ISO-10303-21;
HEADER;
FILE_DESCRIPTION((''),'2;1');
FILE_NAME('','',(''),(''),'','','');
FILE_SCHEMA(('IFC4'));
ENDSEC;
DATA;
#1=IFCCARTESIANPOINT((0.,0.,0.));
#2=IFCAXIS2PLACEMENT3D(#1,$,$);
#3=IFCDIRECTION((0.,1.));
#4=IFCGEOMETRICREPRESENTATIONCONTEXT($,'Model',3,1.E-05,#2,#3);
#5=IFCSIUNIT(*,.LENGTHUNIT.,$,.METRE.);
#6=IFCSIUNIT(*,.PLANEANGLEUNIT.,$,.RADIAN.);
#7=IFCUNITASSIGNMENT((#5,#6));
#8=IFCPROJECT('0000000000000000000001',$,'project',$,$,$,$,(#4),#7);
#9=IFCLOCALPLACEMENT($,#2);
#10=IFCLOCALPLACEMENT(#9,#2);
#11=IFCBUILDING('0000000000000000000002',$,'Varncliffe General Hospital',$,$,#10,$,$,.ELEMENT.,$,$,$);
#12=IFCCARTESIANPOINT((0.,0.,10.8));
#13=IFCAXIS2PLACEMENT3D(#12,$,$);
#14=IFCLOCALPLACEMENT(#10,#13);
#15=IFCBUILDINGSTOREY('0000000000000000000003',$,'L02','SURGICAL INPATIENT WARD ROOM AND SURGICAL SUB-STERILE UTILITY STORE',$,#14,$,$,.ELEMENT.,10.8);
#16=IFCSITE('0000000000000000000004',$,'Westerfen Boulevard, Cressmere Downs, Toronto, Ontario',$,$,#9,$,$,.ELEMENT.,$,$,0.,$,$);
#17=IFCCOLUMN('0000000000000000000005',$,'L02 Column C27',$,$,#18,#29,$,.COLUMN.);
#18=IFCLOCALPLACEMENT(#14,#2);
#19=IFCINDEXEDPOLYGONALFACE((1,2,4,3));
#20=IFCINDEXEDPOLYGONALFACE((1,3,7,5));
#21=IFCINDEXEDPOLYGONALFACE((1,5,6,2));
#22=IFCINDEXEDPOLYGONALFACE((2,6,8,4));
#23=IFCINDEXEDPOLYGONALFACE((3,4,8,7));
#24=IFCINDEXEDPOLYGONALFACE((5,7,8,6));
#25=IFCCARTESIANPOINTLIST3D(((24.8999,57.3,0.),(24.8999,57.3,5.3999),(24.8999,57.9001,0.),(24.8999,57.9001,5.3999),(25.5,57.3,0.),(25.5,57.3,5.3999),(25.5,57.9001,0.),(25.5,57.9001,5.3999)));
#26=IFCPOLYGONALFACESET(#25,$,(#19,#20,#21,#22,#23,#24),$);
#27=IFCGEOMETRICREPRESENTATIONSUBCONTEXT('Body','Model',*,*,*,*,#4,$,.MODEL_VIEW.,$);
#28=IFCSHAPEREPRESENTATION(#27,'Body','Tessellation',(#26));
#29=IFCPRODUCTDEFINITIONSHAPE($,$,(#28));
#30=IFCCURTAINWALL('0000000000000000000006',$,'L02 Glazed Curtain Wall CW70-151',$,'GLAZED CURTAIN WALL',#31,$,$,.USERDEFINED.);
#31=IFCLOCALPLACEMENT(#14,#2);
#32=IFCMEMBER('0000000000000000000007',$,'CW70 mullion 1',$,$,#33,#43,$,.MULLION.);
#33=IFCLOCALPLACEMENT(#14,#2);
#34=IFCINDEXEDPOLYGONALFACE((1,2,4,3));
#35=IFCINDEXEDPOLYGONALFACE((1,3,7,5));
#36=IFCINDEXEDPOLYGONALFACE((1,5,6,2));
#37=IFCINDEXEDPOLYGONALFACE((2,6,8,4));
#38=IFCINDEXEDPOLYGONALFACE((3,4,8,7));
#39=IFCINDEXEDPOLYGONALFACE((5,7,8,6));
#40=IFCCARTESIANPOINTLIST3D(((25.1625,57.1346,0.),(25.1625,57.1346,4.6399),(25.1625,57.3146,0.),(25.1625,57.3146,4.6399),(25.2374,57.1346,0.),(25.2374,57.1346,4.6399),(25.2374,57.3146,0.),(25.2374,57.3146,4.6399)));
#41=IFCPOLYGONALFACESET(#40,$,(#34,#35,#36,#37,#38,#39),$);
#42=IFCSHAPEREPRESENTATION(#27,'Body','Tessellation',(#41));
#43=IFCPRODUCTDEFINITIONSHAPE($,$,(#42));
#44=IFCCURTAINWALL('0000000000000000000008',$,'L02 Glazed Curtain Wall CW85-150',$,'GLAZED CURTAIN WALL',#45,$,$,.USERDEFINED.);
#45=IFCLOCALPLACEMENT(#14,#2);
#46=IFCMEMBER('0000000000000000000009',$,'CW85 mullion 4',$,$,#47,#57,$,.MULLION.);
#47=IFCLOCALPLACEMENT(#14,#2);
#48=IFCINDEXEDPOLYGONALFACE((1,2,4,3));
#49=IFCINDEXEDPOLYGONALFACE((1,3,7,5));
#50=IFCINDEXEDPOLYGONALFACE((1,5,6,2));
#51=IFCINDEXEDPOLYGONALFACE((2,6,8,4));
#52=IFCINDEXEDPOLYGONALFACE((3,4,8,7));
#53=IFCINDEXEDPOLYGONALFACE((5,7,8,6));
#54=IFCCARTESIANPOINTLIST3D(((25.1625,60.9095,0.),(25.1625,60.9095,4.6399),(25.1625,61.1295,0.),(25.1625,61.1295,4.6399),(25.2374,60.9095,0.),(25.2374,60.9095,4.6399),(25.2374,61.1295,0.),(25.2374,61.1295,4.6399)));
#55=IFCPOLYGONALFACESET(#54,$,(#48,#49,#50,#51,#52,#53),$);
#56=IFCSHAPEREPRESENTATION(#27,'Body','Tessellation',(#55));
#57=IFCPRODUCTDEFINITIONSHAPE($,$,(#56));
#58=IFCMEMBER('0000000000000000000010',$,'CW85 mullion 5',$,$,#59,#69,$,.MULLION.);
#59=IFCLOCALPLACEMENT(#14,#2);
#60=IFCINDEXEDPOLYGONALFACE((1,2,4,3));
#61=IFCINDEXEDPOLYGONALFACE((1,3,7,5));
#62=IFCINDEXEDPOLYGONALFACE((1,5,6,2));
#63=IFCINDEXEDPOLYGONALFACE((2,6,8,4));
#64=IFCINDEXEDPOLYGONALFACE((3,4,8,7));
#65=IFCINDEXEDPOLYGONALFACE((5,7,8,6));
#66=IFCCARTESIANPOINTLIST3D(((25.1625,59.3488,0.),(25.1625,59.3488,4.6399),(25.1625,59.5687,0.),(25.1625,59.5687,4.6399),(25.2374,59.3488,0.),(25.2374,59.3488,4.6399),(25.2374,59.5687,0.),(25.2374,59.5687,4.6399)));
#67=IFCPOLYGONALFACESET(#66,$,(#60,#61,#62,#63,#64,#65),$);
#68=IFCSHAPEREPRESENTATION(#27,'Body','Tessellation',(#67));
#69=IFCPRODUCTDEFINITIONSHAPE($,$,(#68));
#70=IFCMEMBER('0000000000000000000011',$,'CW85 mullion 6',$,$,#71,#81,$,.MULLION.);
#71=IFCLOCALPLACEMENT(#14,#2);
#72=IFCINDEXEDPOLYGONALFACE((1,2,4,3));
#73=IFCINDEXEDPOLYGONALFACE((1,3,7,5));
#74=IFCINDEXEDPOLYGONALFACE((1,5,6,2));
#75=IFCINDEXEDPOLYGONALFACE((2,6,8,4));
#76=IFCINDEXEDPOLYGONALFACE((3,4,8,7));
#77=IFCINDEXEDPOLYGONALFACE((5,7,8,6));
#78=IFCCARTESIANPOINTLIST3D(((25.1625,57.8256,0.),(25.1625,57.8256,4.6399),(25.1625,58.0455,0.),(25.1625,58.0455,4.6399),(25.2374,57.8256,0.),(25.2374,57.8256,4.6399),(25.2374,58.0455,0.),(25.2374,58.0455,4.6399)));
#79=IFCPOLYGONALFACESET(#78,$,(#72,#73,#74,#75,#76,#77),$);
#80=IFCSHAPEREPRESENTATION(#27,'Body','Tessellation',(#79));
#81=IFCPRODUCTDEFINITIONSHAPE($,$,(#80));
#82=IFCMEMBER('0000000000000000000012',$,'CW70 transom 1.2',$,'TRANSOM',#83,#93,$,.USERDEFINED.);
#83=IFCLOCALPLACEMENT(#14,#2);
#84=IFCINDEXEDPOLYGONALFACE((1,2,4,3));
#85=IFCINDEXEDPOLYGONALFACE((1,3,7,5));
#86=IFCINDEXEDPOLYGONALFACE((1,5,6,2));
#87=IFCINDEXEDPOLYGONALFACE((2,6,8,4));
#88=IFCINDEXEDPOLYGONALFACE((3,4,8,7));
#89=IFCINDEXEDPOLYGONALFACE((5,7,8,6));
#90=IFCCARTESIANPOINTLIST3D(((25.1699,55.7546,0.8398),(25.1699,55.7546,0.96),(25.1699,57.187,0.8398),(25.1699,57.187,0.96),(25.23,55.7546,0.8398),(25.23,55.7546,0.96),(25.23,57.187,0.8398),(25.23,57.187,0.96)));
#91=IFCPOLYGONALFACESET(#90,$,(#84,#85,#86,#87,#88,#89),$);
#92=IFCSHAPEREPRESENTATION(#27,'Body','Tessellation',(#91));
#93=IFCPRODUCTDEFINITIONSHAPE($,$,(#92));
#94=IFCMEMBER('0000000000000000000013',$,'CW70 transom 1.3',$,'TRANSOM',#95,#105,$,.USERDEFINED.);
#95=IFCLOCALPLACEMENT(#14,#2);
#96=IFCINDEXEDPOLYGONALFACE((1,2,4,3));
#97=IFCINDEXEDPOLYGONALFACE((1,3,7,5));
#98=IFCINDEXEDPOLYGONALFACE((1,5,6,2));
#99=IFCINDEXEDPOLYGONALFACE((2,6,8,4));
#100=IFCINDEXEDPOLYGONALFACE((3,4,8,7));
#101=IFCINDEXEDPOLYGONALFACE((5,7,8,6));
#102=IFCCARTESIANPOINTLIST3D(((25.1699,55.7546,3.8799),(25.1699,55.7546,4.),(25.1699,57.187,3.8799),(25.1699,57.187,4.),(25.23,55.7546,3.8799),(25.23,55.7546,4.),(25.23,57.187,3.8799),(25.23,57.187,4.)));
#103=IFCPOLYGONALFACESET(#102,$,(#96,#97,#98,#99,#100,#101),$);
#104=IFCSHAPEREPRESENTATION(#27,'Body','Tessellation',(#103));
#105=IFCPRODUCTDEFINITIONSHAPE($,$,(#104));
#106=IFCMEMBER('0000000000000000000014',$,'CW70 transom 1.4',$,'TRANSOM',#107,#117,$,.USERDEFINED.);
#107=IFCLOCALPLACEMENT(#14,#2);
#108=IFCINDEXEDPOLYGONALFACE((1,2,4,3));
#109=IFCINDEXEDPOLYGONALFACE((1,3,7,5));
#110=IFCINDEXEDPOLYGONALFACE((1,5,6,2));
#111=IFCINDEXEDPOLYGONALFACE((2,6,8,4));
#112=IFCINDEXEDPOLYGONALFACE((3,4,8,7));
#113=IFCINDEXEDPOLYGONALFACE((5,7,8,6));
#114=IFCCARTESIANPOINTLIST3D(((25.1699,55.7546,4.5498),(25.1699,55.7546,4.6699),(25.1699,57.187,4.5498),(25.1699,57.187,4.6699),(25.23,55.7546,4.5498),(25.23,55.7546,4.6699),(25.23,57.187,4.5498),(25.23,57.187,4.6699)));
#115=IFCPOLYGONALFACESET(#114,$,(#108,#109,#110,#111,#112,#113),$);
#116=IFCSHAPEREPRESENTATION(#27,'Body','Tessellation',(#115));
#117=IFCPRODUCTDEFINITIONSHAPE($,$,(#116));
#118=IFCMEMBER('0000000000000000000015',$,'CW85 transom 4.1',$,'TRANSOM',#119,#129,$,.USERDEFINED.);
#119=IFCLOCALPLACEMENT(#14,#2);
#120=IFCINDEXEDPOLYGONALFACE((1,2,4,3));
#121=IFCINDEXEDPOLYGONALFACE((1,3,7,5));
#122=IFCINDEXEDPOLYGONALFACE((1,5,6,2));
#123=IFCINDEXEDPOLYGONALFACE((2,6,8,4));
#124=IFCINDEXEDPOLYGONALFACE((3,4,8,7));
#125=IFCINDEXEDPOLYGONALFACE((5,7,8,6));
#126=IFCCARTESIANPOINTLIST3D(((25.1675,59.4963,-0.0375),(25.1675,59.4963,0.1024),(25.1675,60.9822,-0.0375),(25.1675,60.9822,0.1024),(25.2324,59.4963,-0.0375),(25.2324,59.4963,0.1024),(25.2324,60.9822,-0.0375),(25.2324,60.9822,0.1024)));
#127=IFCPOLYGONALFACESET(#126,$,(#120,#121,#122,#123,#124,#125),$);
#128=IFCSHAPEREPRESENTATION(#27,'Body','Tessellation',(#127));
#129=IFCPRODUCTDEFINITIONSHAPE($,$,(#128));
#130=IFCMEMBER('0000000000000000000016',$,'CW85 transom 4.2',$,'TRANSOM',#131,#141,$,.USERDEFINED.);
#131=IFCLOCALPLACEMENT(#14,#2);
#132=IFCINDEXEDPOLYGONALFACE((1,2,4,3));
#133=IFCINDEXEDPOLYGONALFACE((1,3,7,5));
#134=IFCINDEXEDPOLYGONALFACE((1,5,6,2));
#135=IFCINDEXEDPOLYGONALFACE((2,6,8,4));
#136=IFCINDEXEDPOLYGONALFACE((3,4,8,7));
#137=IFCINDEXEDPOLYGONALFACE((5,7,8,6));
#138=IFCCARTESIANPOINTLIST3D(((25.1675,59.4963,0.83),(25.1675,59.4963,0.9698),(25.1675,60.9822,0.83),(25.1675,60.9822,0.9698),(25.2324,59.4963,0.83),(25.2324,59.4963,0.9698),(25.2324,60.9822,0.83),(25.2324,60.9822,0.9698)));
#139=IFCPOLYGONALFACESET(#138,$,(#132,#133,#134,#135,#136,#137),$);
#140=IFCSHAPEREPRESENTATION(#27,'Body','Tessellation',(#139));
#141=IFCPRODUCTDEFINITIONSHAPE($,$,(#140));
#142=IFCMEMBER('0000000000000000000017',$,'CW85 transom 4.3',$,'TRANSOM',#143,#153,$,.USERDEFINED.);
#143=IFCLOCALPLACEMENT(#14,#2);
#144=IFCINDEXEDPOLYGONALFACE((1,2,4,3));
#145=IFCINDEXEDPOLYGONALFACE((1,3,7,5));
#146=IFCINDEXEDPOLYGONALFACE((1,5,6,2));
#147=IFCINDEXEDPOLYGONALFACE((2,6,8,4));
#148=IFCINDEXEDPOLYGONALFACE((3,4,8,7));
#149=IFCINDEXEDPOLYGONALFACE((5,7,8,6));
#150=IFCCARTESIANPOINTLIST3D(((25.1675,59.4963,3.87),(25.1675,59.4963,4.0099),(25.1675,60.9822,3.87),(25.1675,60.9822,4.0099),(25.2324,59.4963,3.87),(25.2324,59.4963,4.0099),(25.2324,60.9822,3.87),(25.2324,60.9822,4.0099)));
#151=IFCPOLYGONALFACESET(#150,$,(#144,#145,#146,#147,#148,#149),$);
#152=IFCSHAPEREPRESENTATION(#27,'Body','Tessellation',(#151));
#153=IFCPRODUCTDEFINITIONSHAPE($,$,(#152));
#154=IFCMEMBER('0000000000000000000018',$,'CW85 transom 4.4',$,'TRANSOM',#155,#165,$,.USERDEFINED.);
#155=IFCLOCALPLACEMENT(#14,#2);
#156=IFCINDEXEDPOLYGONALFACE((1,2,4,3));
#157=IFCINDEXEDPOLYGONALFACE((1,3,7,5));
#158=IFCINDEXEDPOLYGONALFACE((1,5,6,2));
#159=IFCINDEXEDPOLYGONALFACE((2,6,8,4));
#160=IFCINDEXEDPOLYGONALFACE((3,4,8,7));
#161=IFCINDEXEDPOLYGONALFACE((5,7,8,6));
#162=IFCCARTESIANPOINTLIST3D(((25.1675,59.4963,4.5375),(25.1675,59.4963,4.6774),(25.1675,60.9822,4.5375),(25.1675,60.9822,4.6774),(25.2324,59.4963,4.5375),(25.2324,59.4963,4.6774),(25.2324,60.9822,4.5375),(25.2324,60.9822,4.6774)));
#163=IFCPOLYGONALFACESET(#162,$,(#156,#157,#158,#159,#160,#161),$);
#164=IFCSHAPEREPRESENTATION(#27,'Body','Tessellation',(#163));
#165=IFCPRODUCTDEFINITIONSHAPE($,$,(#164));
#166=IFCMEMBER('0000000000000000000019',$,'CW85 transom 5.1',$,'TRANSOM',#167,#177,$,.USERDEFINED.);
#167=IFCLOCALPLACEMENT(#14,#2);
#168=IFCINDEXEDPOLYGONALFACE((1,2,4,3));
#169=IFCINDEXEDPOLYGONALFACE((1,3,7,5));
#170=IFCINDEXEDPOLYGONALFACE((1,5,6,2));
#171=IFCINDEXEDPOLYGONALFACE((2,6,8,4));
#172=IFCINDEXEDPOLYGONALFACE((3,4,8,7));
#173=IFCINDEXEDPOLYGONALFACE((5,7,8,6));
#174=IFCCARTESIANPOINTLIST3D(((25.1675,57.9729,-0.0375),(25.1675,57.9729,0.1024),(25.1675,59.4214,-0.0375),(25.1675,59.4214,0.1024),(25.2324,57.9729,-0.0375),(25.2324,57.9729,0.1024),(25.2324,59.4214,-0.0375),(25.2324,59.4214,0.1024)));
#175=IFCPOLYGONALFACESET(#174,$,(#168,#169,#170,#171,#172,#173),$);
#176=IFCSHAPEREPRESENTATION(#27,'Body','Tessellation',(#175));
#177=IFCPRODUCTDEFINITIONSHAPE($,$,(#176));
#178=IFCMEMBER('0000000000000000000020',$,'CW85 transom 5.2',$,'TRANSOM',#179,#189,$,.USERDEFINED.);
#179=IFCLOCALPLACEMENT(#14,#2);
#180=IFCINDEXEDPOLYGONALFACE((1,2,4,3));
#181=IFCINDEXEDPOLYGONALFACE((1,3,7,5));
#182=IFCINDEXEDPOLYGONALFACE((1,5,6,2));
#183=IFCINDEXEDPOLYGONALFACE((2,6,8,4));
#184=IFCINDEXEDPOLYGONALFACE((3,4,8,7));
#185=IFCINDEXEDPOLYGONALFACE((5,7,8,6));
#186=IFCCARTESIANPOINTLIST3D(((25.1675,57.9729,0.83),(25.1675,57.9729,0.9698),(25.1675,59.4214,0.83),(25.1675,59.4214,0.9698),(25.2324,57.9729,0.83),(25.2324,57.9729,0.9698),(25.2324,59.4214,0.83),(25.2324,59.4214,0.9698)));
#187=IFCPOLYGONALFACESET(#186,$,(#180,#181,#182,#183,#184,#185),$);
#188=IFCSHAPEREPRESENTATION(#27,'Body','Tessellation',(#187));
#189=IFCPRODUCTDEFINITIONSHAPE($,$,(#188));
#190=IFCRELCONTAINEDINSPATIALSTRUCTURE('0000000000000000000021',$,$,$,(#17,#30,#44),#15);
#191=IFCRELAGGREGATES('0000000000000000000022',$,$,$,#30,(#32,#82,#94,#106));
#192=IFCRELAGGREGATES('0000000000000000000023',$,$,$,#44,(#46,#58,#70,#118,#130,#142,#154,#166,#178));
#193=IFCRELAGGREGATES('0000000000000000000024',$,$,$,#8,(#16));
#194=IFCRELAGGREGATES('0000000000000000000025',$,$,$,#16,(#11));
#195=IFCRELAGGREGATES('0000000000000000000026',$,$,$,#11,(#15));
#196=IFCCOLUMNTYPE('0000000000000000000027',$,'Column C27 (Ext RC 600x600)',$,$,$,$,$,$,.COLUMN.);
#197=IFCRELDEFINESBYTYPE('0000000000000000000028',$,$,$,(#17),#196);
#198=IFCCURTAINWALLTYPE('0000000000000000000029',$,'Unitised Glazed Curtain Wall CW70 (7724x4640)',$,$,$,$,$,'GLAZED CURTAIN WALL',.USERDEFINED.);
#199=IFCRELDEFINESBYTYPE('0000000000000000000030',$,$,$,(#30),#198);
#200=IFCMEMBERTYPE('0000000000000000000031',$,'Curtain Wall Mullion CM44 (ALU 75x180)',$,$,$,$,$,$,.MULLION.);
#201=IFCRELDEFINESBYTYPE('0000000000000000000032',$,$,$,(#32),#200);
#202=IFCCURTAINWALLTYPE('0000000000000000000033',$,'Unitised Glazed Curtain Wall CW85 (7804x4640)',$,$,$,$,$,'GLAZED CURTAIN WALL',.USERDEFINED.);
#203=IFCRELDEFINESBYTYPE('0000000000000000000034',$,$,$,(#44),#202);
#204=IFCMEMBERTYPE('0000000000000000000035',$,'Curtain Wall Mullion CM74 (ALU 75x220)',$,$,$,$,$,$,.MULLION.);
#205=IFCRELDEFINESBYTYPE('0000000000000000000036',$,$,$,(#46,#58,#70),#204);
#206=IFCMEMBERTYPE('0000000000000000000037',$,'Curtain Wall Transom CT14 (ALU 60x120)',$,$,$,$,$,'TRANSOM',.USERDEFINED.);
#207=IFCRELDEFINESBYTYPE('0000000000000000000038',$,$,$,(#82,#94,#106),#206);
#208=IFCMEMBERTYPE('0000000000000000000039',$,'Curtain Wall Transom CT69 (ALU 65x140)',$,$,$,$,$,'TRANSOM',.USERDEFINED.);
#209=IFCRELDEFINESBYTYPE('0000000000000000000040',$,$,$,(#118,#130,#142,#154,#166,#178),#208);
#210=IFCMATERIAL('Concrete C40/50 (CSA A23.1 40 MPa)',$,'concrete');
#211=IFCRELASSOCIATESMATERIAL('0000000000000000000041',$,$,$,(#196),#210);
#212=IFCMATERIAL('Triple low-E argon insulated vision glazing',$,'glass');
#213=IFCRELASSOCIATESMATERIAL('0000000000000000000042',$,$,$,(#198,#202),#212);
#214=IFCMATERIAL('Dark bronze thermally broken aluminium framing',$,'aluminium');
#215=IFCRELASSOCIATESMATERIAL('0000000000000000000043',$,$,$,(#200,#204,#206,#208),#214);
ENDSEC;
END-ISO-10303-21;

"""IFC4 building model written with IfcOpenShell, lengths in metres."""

from ifc_helpers import new_model, si_unit, direction, frame, origin, origin_2d, place, context, subcontext, project, spatial, rectangle, extrude, material, material_profile, profile_set, type_object, element, aggregate, save


model = new_model("IFC4")

# Units and contexts
model_context = context("Model", 3, precision=1e-05, world=origin(), true_north=direction((0.0, 1.0)))
body_context = subcontext(model_context, "Body", "Model", "MODEL_VIEW")
ifc_project = project(units=[si_unit("LENGTHUNIT", "METRE"), si_unit("PLANEANGLEUNIT", "RADIAN")], contexts=[model_context])

# Site, building, storey
site_placement = place(None, origin())
site = spatial("IfcSite", under=ifc_project, at=site_placement, Name="Westerfen Boulevard, Cressmere Downs, Toronto, Ontario", CompositionType="ELEMENT", RefElevation=0.0)
building_placement = place(site_placement, origin())
building = spatial("IfcBuilding", under=site, at=building_placement, Name="Varncliffe General Hospital", CompositionType="ELEMENT")
storey_placement = place(building_placement, frame((0.0, 0.0, 10.8)))
storey = spatial("IfcBuildingStorey", under=building, at=storey_placement, Name="L02", Description="SURGICAL INPATIENT WARD ROOM AND SURGICAL SUB-STERILE UTILITY STORE", CompositionType="ELEMENT", Elevation=10.8)

# Column
ifc_material_1 = material(Name="Concrete C40/50 (CSA A23.1 40 MPa)", Category="concrete")
ifc_material_profile_1 = material_profile(ifc_material_1, rectangle(XDim=0.6001, YDim=0.6001, at=origin_2d()), Name="RC 600x600")
ifc_profile_set_1 = profile_set([ifc_material_profile_1], Name="Concrete C40/50 (CSA A23.1 40 MPa)")
column_type = type_object("IfcColumnType", Name="Column C27 (Ext RC 600x600)", PredefinedType="COLUMN", material=ifc_profile_set_1)
column_placement = place(storey_placement, frame((25.2, 57.6001, 0.0), z_axis=(0.0, 0.0, 1.0), x_axis=(1.0, 0.0, 0.0)))
element("IfcColumn", 1, at=column_placement, inside=storey, type_object=column_type, Name="L02 Column C27", PredefinedType="COLUMN", context=body_context, shape_type="SweptSolid", body=[
    extrude(rectangle(XDim=0.6001, YDim=0.6001, at=origin_2d()), origin(), (0.0, 0.0, 1.0), 5.3999),
])

# Curtain wall, member
ifc_material_2 = material(Name="Triple low-E argon insulated vision glazing", Category="glass")
curtain_wall_type_1 = type_object("IfcCurtainWallType", Name="Unitised Glazed Curtain Wall CW70 (7724x4640)", ElementType="GLAZED CURTAIN WALL", PredefinedType="USERDEFINED", material=ifc_material_2)
curtain_wall_1_placement = place(storey_placement, origin())
curtain_wall_1 = element("IfcCurtainWall", 2, at=curtain_wall_1_placement, inside=storey, type_object=curtain_wall_type_1, Name="L02 Glazed Curtain Wall CW70-151", ObjectType="GLAZED CURTAIN WALL", PredefinedType="USERDEFINED")
ifc_material_3 = material(Name="Dark bronze thermally broken aluminium framing", Category="aluminium")
ifc_material_profile_2 = material_profile(ifc_material_3, rectangle(XDim=0.075, YDim=0.1799, at=origin_2d()), Name="ALU 75x180")
ifc_profile_set_2 = profile_set([ifc_material_profile_2], Name="Dark bronze thermally broken aluminium framing")
member_type_1 = type_object("IfcMemberType", Name="Curtain Wall Mullion CM44 (ALU 75x180)", PredefinedType="MULLION", material=ifc_profile_set_2)
member_1_placement = place(storey_placement, frame((25.2, 57.2246, 0.0), z_axis=(0.0, 0.0, 1.0), x_axis=(1.0, 0.0, 0.0)))
member_1 = element("IfcMember", 3, at=member_1_placement, type_object=member_type_1, Name="CW70 mullion 1", PredefinedType="MULLION", context=body_context, shape_type="SweptSolid", body=[
    extrude(rectangle(XDim=0.075, YDim=0.1799, at=origin_2d()), origin(), (0.0, 0.0, 1.0), 4.6399),
])

# Curtain wall, members
curtain_wall_type_2 = type_object("IfcCurtainWallType", Name="Unitised Glazed Curtain Wall CW85 (7804x4640)", ElementType="GLAZED CURTAIN WALL", PredefinedType="USERDEFINED", material=ifc_material_2)
curtain_wall_2_placement = place(storey_placement, origin())
curtain_wall_2 = element("IfcCurtainWall", 4, at=curtain_wall_2_placement, inside=storey, type_object=curtain_wall_type_2, Name="L02 Glazed Curtain Wall CW85-150", ObjectType="GLAZED CURTAIN WALL", PredefinedType="USERDEFINED")
ifc_material_profile_3 = material_profile(ifc_material_3, rectangle(XDim=0.075, YDim=0.22, at=origin_2d()), Name="ALU 75x220")
ifc_profile_set_3 = profile_set([ifc_material_profile_3], Name="Dark bronze thermally broken aluminium framing")
member_type_2 = type_object("IfcMemberType", Name="Curtain Wall Mullion CM74 (ALU 75x220)", PredefinedType="MULLION", material=ifc_profile_set_3)
member_2_placement = place(storey_placement, frame((25.2, 61.0195, 0.0), z_axis=(0.0, 0.0, 1.0), x_axis=(1.0, 0.0, 0.0)))
member_2 = element("IfcMember", 5, at=member_2_placement, type_object=member_type_2, Name="CW85 mullion 4", PredefinedType="MULLION", context=body_context, shape_type="SweptSolid", body=[
    extrude(rectangle(XDim=0.075, YDim=0.22, at=origin_2d()), origin(), (0.0, 0.0, 1.0), 4.6399),
])
member_3_placement = place(storey_placement, frame((25.2, 59.4587, 0.0), z_axis=(0.0, 0.0, 1.0), x_axis=(1.0, 0.0, 0.0)))
member_3 = element("IfcMember", 6, at=member_3_placement, type_object=member_type_2, Name="CW85 mullion 5", PredefinedType="MULLION", context=body_context, shape_type="SweptSolid", body=[
    extrude(rectangle(XDim=0.075, YDim=0.22, at=origin_2d()), origin(), (0.0, 0.0, 1.0), 4.6399),
])
member_4_placement = place(storey_placement, frame((25.2, 57.9355, 0.0), z_axis=(0.0, 0.0, 1.0), x_axis=(1.0, 0.0, 0.0)))
member_4 = element("IfcMember", 7, at=member_4_placement, type_object=member_type_2, Name="CW85 mullion 6", PredefinedType="MULLION", context=body_context, shape_type="SweptSolid", body=[
    extrude(rectangle(XDim=0.075, YDim=0.22, at=origin_2d()), origin(), (0.0, 0.0, 1.0), 4.6399),
])

# Members
ifc_material_profile_4 = material_profile(ifc_material_3, rectangle(XDim=0.0601, YDim=0.1201, at=origin_2d()), Name="ALU 60x120")
ifc_profile_set_4 = profile_set([ifc_material_profile_4], Name="Dark bronze thermally broken aluminium framing")
member_type_3 = type_object("IfcMemberType", Name="Curtain Wall Transom CT14 (ALU 60x120)", ElementType="TRANSOM", PredefinedType="USERDEFINED", material=ifc_profile_set_4)
member_5_placement = place(storey_placement, frame((25.2, 57.187, 0.8999), z_axis=(0.0, -1.0, 0.0), x_axis=(1.0, 0.0, 0.0)))
member_5 = element("IfcMember", 8, at=member_5_placement, type_object=member_type_3, Name="CW70 transom 1.2", ObjectType="TRANSOM", PredefinedType="USERDEFINED", context=body_context, shape_type="SweptSolid", body=[
    extrude(rectangle(XDim=0.0601, YDim=0.1201, at=origin_2d()), origin(), (0.0, 0.0, 1.0), 1.4324),
])
member_6_placement = place(storey_placement, frame((25.2, 57.187, 3.9399), z_axis=(0.0, -1.0, 0.0), x_axis=(1.0, 0.0, 0.0)))
member_6 = element("IfcMember", 9, at=member_6_placement, type_object=member_type_3, Name="CW70 transom 1.3", ObjectType="TRANSOM", PredefinedType="USERDEFINED", context=body_context, shape_type="SweptSolid", body=[
    extrude(rectangle(XDim=0.0601, YDim=0.1201, at=origin_2d()), origin(), (0.0, 0.0, 1.0), 1.4324),
])
member_7_placement = place(storey_placement, frame((25.2, 57.187, 4.6099), z_axis=(0.0, -1.0, 0.0), x_axis=(1.0, 0.0, 0.0)))
member_7 = element("IfcMember", 10, at=member_7_placement, type_object=member_type_3, Name="CW70 transom 1.4", ObjectType="TRANSOM", PredefinedType="USERDEFINED", context=body_context, shape_type="SweptSolid", body=[
    extrude(rectangle(XDim=0.0601, YDim=0.1201, at=origin_2d()), origin(), (0.0, 0.0, 1.0), 1.4324),
])
aggregate(curtain_wall_1, [member_1, member_5, member_6, member_7])
ifc_material_profile_5 = material_profile(ifc_material_3, rectangle(XDim=0.0649, YDim=0.1399, at=origin_2d()), Name="ALU 65x140")
ifc_profile_set_5 = profile_set([ifc_material_profile_5], Name="Dark bronze thermally broken aluminium framing")
member_type_4 = type_object("IfcMemberType", Name="Curtain Wall Transom CT69 (ALU 65x140)", ElementType="TRANSOM", PredefinedType="USERDEFINED", material=ifc_profile_set_5)
member_8_placement = place(storey_placement, frame((25.2, 60.9822, 0.0325), z_axis=(0.0, -1.0, 0.0), x_axis=(1.0, 0.0, 0.0)))
member_8 = element("IfcMember", 11, at=member_8_placement, type_object=member_type_4, Name="CW85 transom 4.1", ObjectType="TRANSOM", PredefinedType="USERDEFINED", context=body_context, shape_type="SweptSolid", body=[
    extrude(rectangle(XDim=0.0649, YDim=0.1399, at=origin_2d()), origin(), (0.0, 0.0, 1.0), 1.4858),
])
member_9_placement = place(storey_placement, frame((25.2, 60.9822, 0.8999), z_axis=(0.0, -1.0, 0.0), x_axis=(1.0, 0.0, 0.0)))
member_9 = element("IfcMember", 12, at=member_9_placement, type_object=member_type_4, Name="CW85 transom 4.2", ObjectType="TRANSOM", PredefinedType="USERDEFINED", context=body_context, shape_type="SweptSolid", body=[
    extrude(rectangle(XDim=0.0649, YDim=0.1399, at=origin_2d()), origin(), (0.0, 0.0, 1.0), 1.4858),
])
member_10_placement = place(storey_placement, frame((25.2, 60.9822, 3.9399), z_axis=(0.0, -1.0, 0.0), x_axis=(1.0, 0.0, 0.0)))
member_10 = element("IfcMember", 13, at=member_10_placement, type_object=member_type_4, Name="CW85 transom 4.3", ObjectType="TRANSOM", PredefinedType="USERDEFINED", context=body_context, shape_type="SweptSolid", body=[
    extrude(rectangle(XDim=0.0649, YDim=0.1399, at=origin_2d()), origin(), (0.0, 0.0, 1.0), 1.4858),
])
member_11_placement = place(storey_placement, frame((25.2, 60.9822, 4.6074), z_axis=(0.0, -1.0, 0.0), x_axis=(1.0, 0.0, 0.0)))
member_11 = element("IfcMember", 14, at=member_11_placement, type_object=member_type_4, Name="CW85 transom 4.4", ObjectType="TRANSOM", PredefinedType="USERDEFINED", context=body_context, shape_type="SweptSolid", body=[
    extrude(rectangle(XDim=0.0649, YDim=0.1399, at=origin_2d()), origin(), (0.0, 0.0, 1.0), 1.4858),
])
member_12_placement = place(storey_placement, frame((25.2, 59.4214, 0.0325), z_axis=(0.0, -1.0, 0.0), x_axis=(1.0, 0.0, 0.0)))
member_12 = element("IfcMember", 15, at=member_12_placement, type_object=member_type_4, Name="CW85 transom 5.1", ObjectType="TRANSOM", PredefinedType="USERDEFINED", context=body_context, shape_type="SweptSolid", body=[
    extrude(rectangle(XDim=0.0649, YDim=0.1399, at=origin_2d()), origin(), (0.0, 0.0, 1.0), 1.4485),
])
member_13_placement = place(storey_placement, frame((25.2, 59.4214, 0.8999), z_axis=(0.0, -1.0, 0.0), x_axis=(1.0, 0.0, 0.0)))
member_13 = element("IfcMember", 16, at=member_13_placement, type_object=member_type_4, Name="CW85 transom 5.2", ObjectType="TRANSOM", PredefinedType="USERDEFINED", context=body_context, shape_type="SweptSolid", body=[
    extrude(rectangle(XDim=0.0649, YDim=0.1399, at=origin_2d()), origin(), (0.0, 0.0, 1.0), 1.4485),
])

aggregate(curtain_wall_2, [member_2, member_3, member_4, member_8, member_9, member_10, member_11, member_12, member_13])

save(model, "model.ifc")
